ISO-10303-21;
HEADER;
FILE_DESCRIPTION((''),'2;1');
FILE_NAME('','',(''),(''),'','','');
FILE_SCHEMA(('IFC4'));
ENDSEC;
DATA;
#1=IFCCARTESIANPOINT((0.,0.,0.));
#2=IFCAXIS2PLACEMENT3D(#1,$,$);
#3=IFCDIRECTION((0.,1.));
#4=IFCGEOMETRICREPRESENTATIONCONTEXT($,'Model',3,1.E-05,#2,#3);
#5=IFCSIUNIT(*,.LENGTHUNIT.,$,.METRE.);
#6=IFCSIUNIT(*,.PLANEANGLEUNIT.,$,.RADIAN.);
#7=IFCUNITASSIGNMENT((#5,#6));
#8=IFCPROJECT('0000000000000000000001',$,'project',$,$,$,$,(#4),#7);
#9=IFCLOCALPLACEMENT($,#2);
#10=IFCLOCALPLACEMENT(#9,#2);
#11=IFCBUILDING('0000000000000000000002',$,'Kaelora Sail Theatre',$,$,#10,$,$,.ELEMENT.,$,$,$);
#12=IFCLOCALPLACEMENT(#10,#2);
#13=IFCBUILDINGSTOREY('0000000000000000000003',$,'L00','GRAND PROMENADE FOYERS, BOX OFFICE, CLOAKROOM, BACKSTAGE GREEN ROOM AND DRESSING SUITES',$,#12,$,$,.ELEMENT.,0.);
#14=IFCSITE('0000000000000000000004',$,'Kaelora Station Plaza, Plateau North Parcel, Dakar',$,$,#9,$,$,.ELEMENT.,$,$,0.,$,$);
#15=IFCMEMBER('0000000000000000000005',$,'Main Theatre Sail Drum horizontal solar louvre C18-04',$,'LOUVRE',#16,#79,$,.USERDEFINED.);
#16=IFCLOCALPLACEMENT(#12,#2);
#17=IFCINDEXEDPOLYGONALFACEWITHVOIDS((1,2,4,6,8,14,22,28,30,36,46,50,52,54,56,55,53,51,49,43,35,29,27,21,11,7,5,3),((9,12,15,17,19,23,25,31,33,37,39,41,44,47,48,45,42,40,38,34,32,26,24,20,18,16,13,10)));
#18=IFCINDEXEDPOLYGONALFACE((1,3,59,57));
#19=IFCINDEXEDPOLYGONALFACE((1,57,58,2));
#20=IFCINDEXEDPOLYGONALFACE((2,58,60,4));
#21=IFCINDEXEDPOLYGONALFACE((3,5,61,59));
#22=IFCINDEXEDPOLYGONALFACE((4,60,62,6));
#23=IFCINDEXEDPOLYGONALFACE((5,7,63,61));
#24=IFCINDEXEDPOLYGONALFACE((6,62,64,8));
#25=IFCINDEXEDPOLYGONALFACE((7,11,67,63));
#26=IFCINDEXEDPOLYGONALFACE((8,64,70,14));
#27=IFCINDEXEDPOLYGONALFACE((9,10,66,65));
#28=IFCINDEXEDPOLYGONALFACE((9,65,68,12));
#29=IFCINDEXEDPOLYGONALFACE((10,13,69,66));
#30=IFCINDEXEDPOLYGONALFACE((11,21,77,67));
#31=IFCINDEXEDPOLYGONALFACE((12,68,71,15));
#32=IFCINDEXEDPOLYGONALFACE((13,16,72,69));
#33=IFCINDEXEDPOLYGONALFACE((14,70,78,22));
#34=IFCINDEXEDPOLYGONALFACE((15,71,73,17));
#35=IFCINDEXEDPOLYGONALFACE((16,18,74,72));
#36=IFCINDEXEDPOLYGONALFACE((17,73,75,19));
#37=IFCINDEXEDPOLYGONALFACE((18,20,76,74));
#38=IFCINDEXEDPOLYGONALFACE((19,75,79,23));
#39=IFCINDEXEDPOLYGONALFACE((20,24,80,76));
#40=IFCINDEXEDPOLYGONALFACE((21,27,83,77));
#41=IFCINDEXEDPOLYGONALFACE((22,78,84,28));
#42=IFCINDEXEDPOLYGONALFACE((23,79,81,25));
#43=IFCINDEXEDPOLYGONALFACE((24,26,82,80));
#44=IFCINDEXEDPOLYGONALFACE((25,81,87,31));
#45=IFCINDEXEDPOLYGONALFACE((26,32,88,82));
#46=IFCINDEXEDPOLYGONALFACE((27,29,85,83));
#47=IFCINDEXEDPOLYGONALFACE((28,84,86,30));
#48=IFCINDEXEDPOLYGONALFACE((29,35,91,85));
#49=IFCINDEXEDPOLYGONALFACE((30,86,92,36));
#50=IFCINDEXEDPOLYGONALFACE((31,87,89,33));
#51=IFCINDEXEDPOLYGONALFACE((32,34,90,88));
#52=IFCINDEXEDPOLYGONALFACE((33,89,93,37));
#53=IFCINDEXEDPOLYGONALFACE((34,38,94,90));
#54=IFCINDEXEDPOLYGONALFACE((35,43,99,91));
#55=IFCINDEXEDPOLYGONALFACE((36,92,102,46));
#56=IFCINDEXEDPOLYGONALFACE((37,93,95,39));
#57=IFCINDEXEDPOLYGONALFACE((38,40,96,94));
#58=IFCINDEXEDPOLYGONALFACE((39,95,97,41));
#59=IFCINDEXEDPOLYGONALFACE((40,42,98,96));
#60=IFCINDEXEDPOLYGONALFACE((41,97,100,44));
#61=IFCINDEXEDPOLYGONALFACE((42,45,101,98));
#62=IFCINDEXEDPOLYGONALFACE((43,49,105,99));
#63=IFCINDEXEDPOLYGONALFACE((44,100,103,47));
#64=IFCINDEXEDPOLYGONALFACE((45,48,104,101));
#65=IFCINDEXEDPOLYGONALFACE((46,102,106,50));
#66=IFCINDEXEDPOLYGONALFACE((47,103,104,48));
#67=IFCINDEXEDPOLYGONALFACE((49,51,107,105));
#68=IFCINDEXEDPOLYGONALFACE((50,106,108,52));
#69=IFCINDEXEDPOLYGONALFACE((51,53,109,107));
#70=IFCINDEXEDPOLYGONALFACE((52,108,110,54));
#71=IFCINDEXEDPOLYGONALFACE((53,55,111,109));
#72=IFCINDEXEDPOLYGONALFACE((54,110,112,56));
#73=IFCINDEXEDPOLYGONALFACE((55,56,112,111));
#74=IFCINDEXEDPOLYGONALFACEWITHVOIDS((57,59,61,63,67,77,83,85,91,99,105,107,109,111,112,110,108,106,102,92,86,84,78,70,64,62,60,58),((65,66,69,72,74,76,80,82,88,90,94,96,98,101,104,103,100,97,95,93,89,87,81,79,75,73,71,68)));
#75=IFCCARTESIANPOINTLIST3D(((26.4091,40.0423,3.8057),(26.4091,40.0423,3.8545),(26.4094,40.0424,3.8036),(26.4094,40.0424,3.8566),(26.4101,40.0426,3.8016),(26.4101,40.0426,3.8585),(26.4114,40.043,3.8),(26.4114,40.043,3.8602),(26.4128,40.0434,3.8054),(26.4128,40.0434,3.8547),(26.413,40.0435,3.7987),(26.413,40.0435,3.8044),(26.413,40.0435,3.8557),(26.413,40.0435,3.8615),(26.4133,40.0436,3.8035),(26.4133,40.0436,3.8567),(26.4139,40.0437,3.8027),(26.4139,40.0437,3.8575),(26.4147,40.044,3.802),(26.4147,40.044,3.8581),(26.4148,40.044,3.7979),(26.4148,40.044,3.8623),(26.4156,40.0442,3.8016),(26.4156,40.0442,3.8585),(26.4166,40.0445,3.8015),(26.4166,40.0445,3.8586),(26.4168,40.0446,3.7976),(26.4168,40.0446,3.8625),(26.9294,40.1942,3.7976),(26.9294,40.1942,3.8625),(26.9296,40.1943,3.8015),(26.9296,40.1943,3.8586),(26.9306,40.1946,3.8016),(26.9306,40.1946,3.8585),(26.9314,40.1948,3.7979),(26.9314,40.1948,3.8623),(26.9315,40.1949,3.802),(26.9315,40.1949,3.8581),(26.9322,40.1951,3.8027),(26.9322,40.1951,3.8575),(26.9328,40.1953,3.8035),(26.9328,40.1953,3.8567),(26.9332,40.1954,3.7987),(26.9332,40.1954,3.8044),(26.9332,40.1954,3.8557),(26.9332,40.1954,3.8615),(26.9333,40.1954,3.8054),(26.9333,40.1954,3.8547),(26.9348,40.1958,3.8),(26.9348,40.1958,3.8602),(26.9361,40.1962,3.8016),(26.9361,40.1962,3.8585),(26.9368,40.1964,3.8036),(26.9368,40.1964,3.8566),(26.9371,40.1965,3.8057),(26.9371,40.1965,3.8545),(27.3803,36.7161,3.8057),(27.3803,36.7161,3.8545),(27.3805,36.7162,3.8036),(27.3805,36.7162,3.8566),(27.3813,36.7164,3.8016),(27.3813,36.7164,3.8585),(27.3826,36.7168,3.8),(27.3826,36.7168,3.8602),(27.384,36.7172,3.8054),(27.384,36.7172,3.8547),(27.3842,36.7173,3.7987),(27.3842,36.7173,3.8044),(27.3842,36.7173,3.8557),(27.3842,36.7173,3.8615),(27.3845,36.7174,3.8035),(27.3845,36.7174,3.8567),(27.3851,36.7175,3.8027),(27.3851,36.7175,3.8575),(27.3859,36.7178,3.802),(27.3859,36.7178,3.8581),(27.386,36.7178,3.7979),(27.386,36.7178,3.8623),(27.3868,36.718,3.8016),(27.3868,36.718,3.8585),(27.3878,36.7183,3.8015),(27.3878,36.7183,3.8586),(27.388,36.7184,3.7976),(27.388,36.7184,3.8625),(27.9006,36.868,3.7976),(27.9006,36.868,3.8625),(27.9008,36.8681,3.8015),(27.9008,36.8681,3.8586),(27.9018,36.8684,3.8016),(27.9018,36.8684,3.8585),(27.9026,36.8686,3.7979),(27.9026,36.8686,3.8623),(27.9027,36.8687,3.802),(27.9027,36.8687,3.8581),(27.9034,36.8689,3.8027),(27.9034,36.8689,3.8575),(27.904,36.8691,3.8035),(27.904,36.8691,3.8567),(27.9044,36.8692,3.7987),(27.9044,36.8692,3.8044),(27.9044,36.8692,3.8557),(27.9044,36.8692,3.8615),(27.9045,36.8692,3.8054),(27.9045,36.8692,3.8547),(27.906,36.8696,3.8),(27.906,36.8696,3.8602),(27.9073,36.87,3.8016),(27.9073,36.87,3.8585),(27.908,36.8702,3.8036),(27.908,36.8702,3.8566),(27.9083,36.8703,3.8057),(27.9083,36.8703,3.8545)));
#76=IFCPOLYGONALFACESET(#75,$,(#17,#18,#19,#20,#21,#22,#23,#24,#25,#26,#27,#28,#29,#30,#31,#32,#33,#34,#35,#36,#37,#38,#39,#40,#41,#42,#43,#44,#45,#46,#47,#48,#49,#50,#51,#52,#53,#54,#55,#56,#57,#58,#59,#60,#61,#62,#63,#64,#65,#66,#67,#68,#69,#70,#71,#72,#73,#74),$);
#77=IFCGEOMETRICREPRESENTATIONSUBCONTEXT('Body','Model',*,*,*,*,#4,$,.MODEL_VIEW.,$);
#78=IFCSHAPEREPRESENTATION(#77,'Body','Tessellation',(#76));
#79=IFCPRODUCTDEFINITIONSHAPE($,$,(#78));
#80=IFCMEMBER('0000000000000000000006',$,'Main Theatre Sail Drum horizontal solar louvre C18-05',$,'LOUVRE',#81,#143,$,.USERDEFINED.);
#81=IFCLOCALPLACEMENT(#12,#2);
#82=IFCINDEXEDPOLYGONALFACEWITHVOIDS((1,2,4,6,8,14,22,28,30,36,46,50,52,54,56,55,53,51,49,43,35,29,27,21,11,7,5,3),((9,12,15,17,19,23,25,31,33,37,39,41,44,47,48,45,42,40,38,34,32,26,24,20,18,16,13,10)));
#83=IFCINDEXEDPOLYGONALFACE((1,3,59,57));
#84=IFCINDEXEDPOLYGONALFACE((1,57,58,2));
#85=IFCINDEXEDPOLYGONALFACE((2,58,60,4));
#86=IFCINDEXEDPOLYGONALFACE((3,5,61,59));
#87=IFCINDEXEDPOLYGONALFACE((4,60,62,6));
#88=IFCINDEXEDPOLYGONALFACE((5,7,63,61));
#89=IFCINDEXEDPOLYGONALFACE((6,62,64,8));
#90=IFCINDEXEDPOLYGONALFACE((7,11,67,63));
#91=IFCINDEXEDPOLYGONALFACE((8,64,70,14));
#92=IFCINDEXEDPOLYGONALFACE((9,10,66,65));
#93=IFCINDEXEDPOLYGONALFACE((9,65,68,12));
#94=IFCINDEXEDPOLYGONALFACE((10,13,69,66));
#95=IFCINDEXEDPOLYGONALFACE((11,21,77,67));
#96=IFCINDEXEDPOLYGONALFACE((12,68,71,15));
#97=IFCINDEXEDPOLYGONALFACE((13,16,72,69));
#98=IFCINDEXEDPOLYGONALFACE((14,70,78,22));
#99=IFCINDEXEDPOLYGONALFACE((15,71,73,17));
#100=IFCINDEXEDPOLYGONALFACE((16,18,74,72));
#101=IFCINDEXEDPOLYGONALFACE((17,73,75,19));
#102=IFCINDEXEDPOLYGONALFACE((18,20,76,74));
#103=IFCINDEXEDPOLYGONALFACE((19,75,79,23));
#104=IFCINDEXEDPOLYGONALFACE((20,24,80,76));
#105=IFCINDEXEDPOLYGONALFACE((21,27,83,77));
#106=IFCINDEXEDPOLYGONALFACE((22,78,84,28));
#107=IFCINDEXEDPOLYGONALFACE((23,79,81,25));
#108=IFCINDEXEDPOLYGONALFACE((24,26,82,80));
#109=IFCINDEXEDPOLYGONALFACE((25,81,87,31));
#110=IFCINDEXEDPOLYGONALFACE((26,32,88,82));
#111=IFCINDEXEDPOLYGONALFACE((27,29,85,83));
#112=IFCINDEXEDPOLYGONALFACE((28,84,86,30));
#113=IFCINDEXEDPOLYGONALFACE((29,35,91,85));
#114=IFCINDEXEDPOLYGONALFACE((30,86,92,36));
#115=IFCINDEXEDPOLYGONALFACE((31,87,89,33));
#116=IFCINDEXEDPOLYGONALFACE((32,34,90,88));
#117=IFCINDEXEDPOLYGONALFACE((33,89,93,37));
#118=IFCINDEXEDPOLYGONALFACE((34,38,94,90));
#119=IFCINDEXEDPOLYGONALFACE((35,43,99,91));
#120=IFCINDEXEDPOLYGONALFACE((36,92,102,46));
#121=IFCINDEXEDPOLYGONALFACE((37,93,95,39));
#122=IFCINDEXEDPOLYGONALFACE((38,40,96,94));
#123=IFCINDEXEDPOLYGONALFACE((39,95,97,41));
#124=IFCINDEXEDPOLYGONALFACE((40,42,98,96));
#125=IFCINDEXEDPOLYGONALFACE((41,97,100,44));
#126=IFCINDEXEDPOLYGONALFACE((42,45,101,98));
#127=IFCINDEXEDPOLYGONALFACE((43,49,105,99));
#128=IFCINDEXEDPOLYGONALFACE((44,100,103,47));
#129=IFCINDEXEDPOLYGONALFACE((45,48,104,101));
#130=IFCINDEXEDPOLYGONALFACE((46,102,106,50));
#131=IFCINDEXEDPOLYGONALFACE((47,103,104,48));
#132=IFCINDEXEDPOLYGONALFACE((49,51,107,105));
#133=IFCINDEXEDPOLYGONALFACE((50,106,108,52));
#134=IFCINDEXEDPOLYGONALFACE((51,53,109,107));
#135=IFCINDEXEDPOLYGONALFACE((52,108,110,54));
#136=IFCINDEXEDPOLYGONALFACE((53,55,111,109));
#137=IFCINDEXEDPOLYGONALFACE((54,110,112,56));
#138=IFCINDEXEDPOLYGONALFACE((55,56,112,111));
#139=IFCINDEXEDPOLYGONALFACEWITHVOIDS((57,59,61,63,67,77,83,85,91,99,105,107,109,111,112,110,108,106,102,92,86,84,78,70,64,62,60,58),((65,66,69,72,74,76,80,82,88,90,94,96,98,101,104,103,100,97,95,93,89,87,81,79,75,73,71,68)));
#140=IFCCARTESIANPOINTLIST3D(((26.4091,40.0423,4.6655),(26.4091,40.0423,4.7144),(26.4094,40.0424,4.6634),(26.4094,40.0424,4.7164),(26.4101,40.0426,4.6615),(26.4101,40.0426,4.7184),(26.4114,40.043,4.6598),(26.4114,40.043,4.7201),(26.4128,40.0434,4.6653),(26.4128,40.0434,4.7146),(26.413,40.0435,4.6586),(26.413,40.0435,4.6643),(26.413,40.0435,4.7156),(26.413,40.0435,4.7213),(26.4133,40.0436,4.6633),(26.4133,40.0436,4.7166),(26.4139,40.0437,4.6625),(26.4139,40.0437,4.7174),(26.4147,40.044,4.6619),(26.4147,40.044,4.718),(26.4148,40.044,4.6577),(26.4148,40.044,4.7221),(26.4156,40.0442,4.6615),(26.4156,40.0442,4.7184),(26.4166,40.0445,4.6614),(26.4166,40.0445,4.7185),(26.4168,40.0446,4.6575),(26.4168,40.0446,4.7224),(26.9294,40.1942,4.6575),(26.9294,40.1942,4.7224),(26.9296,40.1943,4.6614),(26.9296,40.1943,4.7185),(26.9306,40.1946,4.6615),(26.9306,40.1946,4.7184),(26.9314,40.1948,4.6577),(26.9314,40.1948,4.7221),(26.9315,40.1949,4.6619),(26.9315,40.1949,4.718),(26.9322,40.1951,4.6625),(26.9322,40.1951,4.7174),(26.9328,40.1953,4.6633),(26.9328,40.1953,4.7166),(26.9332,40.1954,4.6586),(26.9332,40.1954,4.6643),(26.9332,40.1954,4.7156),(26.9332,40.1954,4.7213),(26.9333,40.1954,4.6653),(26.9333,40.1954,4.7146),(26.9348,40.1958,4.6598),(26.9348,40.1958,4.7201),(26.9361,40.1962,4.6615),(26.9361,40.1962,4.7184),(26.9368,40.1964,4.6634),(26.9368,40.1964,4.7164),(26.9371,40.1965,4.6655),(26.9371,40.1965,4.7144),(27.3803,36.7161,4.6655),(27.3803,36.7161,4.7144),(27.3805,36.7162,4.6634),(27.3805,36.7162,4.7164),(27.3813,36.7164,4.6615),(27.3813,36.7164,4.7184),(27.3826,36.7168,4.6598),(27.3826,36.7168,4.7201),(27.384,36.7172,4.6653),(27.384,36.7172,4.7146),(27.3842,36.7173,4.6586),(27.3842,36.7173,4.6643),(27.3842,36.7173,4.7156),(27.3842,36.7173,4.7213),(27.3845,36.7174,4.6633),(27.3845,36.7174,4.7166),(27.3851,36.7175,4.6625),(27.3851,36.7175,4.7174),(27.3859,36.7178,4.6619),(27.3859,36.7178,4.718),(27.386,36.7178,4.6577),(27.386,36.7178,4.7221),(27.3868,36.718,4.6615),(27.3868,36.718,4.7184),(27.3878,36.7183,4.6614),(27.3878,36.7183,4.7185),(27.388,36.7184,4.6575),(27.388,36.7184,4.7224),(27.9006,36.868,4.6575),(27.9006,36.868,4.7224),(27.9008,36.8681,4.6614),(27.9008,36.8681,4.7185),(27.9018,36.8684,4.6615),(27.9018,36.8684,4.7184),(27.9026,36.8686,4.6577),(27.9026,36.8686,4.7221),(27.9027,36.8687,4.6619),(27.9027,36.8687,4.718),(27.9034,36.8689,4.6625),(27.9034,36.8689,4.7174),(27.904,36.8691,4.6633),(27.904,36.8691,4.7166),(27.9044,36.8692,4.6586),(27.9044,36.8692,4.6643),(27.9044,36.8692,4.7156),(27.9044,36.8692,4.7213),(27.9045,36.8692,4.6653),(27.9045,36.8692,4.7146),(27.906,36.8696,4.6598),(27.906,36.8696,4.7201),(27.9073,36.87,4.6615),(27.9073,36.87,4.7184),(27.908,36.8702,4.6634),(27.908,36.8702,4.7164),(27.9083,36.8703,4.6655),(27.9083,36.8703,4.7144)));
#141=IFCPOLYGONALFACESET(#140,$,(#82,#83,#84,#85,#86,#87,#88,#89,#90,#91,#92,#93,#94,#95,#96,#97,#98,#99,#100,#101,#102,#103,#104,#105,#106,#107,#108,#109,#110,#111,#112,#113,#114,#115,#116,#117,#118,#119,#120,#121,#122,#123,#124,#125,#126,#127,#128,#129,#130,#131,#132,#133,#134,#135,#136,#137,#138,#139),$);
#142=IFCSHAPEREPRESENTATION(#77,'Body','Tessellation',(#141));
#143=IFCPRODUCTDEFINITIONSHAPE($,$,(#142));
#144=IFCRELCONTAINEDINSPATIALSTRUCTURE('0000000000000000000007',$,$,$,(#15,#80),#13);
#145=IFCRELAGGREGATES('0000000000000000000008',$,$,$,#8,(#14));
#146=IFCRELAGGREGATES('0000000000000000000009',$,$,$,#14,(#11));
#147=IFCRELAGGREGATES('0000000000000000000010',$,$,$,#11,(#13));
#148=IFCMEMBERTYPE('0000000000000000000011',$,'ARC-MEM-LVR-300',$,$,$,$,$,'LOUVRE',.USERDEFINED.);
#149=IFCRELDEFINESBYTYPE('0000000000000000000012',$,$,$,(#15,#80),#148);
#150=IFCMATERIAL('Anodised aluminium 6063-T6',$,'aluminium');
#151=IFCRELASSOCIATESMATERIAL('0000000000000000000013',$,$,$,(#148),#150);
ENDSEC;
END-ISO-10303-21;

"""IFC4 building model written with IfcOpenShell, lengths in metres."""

from ifc_helpers import new_model, si_unit, direction, frame, origin, origin_2d, place, context, subcontext, project, spatial, hollow_rectangle, extrude, material, material_profile, profile_set, type_object, element, save


model = new_model("IFC4")

# Units and contexts
model_context = context("Model", 3, precision=1e-05, world=origin(), true_north=direction((0.0, 1.0)))
body_context = subcontext(model_context, "Body", "Model", "MODEL_VIEW")
ifc_project = project(units=[si_unit("LENGTHUNIT", "METRE"), si_unit("PLANEANGLEUNIT", "RADIAN")], contexts=[model_context])

# Site, building, storey
site_placement = place(None, origin())
site = spatial("IfcSite", under=ifc_project, at=site_placement, Name="Kaelora Station Plaza, Plateau North Parcel, Dakar", CompositionType="ELEMENT", RefElevation=0.0)
building_placement = place(site_placement, origin())
building = spatial("IfcBuilding", under=site, at=building_placement, Name="Kaelora Sail Theatre", CompositionType="ELEMENT")
storey_placement = place(building_placement, origin())
storey = spatial("IfcBuildingStorey", under=building, at=storey_placement, Name="L00", Description="GRAND PROMENADE FOYERS, BOX OFFICE, CLOAKROOM, BACKSTAGE GREEN ROOM AND DRESSING SUITES", CompositionType="ELEMENT", Elevation=0.0)

# Members
ifc_material_1 = material(Name="Anodised aluminium 6063-T6", Category="aluminium")
ifc_material_profile_1 = material_profile(ifc_material_1, hollow_rectangle(XDim=0.55, YDim=0.0649, WallThickness=0.0039, InnerFilletRadius=0.0039, OuterFilletRadius=0.0081, at=origin_2d()), Name="LOUVRE 550x65x4")
ifc_profile_set_1 = profile_set([ifc_material_profile_1], Name="Anodised aluminium 6063-T6")
member_type_1 = type_object("IfcMemberType", Name="ARC-MEM-LVR-300", ElementType="LOUVRE", PredefinedType="USERDEFINED", material=ifc_profile_set_1)
for number, where, z_axis, x_axis, name in (
    (1, (27.6443, 36.7932, 3.8301), (-0.280281, 0.959918, 0.0), (-0.959918, -0.280281, 0.0), "Main Theatre Sail Drum horizontal solar louvre C18-04"),
    (2, (27.6443, 36.7932, 4.6899), (-0.280281, 0.959918, 0.0), (-0.959918, -0.280281, 0.0), "Main Theatre Sail Drum horizontal solar louvre C18-05"),
):
    element("IfcMember", number, at=place(storey_placement, frame(where, z_axis=z_axis, x_axis=x_axis)), inside=storey, type_object=member_type_1, Name=name, ObjectType="LOUVRE", PredefinedType="USERDEFINED", context=body_context, shape_type="SweptSolid", body=[
        extrude(hollow_rectangle(XDim=0.55, YDim=0.0649, WallThickness=0.0039, InnerFilletRadius=0.0039, OuterFilletRadius=0.0081, at=origin_2d()), origin(), (0.0, 0.0, 1.0), 3.4651),
    ])

save(model, "model.ifc")
